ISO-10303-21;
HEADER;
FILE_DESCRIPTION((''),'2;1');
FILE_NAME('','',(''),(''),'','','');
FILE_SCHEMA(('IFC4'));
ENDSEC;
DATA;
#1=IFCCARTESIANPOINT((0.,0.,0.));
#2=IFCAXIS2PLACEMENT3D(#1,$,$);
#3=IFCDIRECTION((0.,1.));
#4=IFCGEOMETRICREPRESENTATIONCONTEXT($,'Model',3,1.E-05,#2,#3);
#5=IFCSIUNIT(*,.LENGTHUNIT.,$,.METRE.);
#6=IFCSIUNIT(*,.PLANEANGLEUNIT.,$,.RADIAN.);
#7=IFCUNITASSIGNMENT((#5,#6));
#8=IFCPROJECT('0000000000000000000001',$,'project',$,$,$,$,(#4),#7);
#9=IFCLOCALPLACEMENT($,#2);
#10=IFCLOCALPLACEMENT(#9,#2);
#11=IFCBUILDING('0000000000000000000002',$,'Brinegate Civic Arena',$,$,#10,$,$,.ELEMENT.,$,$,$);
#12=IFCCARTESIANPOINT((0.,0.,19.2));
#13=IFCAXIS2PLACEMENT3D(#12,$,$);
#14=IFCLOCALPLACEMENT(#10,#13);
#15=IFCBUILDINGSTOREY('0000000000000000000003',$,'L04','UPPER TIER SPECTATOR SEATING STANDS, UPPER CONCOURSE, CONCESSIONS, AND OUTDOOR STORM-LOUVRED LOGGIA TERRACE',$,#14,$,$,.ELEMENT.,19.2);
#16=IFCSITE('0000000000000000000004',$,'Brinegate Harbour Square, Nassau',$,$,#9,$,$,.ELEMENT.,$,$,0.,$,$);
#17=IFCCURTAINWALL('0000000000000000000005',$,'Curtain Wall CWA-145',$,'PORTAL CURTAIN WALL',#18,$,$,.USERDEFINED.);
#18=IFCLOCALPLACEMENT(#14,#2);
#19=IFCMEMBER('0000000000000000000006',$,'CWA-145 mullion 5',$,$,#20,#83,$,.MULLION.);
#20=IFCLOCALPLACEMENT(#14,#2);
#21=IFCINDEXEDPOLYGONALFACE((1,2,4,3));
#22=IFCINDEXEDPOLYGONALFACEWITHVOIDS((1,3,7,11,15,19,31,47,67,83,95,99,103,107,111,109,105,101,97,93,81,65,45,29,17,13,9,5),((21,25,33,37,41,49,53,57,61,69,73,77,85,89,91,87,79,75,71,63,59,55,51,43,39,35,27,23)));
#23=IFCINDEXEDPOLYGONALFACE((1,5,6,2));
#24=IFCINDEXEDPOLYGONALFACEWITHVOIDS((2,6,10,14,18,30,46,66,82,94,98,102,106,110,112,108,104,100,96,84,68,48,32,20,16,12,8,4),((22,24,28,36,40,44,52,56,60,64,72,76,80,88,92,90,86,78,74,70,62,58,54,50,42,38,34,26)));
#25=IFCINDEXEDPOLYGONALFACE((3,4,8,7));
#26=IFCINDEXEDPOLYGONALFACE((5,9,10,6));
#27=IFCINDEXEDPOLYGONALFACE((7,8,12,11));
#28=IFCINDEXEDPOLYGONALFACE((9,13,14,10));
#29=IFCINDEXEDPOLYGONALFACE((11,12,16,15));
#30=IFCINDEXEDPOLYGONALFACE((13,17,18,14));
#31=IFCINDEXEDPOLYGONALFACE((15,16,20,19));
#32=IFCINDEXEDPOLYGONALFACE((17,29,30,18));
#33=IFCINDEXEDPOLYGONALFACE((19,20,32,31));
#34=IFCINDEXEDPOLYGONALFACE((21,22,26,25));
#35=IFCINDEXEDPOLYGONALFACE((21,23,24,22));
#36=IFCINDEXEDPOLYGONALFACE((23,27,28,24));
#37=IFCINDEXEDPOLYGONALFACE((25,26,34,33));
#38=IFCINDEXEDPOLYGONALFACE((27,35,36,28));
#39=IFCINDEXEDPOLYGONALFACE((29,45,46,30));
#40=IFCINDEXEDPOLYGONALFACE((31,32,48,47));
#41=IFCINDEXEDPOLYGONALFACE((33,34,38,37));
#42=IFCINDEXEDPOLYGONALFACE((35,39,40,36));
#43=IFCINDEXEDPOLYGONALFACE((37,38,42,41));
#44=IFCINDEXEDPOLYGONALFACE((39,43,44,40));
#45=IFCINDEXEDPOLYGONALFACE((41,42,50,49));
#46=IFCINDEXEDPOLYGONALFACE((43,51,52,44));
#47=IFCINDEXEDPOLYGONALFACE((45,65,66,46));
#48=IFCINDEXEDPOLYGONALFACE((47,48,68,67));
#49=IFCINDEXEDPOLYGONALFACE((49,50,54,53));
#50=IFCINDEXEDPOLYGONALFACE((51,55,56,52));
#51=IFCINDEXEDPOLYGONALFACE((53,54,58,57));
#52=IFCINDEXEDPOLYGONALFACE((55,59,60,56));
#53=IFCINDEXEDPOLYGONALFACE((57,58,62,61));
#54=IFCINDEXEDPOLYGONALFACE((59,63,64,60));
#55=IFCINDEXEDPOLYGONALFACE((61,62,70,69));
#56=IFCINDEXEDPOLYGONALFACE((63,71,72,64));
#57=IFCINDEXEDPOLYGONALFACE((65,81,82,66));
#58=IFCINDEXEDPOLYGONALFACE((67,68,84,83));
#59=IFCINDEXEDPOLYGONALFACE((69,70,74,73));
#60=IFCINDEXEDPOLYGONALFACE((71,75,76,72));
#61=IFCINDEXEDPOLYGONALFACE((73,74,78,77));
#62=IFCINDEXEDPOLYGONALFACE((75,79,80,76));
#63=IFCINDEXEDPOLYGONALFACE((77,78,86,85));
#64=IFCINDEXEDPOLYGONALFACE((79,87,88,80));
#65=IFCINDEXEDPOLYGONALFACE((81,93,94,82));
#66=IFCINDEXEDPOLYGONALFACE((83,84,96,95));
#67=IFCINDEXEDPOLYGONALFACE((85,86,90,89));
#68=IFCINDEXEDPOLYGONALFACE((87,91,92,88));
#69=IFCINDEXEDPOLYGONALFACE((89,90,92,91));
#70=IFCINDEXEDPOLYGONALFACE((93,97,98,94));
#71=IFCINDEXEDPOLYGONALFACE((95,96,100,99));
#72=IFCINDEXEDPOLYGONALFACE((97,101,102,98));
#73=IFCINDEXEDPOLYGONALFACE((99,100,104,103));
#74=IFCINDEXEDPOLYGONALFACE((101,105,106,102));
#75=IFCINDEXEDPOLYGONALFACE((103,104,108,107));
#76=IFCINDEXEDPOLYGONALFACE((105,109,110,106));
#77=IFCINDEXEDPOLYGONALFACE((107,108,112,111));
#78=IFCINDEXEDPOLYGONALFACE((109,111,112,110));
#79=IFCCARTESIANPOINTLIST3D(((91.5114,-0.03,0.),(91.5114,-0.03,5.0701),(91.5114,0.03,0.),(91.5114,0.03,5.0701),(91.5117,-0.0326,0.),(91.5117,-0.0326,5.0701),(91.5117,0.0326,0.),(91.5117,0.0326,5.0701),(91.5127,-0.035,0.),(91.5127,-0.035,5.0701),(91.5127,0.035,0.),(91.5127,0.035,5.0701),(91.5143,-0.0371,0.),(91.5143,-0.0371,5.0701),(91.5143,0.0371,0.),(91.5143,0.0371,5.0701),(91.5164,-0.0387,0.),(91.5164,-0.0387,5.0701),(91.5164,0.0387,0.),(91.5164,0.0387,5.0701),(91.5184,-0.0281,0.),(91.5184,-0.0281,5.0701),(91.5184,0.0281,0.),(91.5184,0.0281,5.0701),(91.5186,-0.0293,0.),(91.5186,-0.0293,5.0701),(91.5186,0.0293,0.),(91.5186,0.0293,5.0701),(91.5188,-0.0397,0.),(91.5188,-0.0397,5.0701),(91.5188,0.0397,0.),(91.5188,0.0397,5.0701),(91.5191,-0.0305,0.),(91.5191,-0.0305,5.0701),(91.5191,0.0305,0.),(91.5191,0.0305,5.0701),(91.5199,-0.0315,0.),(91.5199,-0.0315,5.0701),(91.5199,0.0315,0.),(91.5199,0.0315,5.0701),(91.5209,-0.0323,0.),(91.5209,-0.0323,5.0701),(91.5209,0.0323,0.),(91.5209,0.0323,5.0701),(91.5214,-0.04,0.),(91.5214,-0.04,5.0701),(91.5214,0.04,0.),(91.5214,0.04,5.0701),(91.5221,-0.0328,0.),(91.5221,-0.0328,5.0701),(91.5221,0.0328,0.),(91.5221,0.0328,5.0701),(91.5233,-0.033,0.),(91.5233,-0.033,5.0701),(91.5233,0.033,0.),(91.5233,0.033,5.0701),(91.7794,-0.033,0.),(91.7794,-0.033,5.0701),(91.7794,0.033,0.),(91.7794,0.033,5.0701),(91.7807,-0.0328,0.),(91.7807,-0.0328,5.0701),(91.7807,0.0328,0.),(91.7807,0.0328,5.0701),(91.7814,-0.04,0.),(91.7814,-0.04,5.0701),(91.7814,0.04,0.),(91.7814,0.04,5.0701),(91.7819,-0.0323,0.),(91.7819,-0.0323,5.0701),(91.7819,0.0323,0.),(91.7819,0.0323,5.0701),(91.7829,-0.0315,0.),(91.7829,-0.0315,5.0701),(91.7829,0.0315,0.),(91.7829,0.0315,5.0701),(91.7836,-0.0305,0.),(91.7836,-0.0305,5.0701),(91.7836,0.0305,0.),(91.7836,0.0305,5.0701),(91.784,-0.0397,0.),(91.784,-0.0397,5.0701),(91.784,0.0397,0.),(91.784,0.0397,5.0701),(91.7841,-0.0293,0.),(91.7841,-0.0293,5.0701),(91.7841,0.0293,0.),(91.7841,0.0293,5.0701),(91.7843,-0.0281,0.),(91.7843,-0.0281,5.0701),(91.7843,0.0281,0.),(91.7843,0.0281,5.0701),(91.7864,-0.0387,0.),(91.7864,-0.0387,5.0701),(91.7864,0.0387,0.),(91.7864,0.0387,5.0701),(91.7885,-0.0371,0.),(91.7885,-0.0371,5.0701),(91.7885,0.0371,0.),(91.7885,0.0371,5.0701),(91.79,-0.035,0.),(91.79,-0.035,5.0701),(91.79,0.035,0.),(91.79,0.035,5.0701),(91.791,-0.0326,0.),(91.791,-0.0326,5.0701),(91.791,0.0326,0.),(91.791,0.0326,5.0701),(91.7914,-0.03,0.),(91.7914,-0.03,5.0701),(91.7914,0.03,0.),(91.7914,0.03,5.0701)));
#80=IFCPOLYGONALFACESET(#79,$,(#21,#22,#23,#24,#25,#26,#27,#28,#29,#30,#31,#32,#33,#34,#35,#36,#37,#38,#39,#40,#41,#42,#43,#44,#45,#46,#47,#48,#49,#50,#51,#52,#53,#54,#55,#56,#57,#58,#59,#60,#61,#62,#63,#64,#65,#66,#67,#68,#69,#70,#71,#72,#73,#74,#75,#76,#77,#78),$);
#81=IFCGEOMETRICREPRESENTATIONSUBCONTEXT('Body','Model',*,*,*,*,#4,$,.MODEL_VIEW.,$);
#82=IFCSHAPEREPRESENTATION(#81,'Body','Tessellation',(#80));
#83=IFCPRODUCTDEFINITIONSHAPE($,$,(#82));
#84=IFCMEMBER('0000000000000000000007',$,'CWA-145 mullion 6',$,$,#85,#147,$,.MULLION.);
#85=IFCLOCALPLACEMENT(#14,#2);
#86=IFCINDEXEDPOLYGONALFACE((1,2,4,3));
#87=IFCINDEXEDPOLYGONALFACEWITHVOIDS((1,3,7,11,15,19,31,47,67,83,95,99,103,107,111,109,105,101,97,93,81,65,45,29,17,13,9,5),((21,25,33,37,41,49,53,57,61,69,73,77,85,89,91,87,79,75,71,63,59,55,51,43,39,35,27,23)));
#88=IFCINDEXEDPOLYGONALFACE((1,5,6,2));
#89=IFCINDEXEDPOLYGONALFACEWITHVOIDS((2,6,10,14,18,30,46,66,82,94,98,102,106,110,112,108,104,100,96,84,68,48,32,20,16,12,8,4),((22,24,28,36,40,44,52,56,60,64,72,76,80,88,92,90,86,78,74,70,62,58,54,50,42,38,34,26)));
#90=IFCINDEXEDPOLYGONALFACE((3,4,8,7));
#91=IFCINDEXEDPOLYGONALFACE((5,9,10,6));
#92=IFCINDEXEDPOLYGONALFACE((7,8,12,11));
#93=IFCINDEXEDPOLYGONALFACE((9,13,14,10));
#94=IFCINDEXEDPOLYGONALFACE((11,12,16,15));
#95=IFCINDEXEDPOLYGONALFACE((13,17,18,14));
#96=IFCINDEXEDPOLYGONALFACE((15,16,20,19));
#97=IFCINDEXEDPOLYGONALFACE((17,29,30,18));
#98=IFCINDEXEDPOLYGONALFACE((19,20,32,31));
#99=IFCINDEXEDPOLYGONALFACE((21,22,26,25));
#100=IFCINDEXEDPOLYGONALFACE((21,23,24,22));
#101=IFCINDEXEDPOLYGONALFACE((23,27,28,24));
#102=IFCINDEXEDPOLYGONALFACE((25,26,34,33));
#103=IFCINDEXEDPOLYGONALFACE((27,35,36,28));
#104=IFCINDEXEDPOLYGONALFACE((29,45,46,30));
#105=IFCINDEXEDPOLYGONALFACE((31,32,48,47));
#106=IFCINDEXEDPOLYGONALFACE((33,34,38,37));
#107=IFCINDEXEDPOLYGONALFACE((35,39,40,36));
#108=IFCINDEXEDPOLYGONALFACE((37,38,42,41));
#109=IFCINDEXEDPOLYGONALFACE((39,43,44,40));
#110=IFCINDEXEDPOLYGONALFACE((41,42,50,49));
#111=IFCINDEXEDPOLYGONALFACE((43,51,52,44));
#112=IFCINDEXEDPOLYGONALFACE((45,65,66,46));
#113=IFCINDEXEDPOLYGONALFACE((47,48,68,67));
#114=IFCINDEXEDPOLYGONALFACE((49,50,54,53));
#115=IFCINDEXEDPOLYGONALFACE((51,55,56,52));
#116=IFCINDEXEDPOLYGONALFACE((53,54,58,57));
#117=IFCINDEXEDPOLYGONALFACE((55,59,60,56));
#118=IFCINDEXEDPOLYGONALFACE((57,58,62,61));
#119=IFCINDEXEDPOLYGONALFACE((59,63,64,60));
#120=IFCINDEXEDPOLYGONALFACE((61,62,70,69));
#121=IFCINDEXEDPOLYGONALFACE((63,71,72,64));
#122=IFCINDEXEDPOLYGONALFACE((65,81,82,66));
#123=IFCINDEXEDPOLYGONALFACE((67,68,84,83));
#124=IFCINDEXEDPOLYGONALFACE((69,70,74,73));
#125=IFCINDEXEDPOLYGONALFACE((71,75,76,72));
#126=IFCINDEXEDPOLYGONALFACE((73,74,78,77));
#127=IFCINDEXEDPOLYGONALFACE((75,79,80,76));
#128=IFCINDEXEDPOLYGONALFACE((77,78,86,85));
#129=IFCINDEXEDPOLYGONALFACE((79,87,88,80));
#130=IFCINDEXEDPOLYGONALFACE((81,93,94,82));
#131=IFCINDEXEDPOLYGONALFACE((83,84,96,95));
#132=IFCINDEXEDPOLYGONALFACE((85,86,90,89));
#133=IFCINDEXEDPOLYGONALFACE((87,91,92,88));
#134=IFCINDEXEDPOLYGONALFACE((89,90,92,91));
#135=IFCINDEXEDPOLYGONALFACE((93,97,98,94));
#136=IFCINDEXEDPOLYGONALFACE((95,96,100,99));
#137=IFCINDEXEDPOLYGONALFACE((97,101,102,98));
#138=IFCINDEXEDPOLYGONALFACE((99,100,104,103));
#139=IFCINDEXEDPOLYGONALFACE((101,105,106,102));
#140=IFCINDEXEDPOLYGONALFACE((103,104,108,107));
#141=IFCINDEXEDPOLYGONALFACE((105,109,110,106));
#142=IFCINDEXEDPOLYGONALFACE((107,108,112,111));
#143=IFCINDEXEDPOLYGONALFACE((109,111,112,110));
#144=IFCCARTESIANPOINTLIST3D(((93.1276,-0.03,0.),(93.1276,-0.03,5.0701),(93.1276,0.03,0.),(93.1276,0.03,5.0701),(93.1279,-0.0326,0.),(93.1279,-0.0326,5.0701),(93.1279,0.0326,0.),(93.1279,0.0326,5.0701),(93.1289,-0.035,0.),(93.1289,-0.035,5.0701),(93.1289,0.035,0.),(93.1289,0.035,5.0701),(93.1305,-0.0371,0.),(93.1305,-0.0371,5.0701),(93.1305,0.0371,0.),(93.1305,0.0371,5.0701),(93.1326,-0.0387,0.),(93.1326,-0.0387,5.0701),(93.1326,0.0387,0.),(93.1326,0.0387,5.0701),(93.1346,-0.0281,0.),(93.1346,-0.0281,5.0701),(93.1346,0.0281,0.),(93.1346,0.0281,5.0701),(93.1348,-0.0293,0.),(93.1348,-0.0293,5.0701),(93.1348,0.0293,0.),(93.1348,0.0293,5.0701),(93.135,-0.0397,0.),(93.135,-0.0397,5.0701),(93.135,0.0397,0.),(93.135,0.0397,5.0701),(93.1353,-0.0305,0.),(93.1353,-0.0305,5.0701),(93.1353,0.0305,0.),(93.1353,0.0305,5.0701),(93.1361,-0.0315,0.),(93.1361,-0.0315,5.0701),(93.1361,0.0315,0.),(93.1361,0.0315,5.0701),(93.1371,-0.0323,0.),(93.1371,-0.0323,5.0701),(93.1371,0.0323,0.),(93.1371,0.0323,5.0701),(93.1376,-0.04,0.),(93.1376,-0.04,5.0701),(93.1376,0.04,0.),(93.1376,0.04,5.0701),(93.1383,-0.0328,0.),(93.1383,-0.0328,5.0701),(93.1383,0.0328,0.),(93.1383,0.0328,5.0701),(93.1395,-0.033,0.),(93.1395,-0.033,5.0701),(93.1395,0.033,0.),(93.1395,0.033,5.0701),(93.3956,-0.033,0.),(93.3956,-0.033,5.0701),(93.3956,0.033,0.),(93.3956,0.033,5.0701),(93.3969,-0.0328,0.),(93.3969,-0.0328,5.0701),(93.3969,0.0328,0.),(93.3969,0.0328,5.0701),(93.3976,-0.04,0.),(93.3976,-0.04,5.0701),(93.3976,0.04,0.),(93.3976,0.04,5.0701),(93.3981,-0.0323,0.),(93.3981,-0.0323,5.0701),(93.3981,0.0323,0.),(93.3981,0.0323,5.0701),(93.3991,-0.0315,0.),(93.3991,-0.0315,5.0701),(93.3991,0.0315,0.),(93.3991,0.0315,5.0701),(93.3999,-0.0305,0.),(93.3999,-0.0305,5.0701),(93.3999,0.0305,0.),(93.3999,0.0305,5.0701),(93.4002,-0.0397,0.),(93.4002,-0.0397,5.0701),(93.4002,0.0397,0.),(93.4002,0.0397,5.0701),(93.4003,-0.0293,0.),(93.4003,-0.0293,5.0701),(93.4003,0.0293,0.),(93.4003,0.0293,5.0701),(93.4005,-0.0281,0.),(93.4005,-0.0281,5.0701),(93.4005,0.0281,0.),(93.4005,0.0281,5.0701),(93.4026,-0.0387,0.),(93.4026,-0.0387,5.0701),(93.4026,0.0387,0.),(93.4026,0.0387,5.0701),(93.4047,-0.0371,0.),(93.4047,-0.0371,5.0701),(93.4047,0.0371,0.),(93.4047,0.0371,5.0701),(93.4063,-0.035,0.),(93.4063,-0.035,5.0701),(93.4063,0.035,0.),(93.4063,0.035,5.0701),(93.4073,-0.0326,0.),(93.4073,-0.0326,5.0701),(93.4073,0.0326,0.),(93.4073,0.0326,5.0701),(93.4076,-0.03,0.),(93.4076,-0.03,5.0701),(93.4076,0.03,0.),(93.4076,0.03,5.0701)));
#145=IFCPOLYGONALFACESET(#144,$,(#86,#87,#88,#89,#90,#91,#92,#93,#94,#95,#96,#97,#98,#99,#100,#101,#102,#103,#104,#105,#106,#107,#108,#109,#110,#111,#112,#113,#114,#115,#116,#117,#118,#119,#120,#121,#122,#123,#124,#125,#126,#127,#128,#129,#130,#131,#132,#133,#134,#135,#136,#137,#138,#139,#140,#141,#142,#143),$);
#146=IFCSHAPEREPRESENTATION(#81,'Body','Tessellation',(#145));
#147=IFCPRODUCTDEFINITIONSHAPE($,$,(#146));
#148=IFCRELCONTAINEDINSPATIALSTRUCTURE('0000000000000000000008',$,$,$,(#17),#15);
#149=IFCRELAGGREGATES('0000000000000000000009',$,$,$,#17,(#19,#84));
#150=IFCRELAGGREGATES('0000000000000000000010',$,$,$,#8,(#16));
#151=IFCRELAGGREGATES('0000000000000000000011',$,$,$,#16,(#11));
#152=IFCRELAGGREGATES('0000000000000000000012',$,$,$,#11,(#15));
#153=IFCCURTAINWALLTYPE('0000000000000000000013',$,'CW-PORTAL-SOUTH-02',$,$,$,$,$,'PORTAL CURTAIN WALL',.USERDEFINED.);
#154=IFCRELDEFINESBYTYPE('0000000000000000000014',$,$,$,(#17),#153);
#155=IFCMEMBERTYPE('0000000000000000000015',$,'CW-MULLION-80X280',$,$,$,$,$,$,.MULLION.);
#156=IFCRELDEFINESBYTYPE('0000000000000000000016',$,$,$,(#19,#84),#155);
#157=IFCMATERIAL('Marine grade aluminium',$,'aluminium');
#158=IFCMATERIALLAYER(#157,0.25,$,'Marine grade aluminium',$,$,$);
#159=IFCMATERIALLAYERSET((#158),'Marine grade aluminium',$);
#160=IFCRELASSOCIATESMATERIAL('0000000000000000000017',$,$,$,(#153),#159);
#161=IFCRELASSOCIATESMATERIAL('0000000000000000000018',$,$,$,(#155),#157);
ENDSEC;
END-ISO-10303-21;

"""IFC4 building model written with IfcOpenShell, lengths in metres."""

from ifc_helpers import new_model, si_unit, direction, frame, origin, origin_2d, place, context, subcontext, project, spatial, hollow_rectangle, extrude, material, layer, layer_set, material_profile, profile_set, type_object, element, aggregate, save


model = new_model("IFC4")

# Units and contexts
model_context = context("Model", 3, precision=1e-05, world=origin(), true_north=direction((0.0, 1.0)))
body_context = subcontext(model_context, "Body", "Model", "MODEL_VIEW")
ifc_project = project(units=[si_unit("LENGTHUNIT", "METRE"), si_unit("PLANEANGLEUNIT", "RADIAN")], contexts=[model_context])

# Site, building, storey
site_placement = place(None, origin())
site = spatial("IfcSite", under=ifc_project, at=site_placement, Name="Brinegate Harbour Square, Nassau", CompositionType="ELEMENT", RefElevation=0.0)
building_placement = place(site_placement, origin())
building = spatial("IfcBuilding", under=site, at=building_placement, Name="Brinegate Civic Arena", CompositionType="ELEMENT")
storey_placement = place(building_placement, frame((0.0, 0.0, 19.2)))
storey = spatial("IfcBuildingStorey", under=building, at=storey_placement, Name="L04", Description="UPPER TIER SPECTATOR SEATING STANDS, UPPER CONCOURSE, CONCESSIONS, AND OUTDOOR STORM-LOUVRED LOGGIA TERRACE", CompositionType="ELEMENT", Elevation=19.2)

# Curtain wall, members
ifc_material_1 = material(Name="Marine grade aluminium", Category="aluminium")
ifc_layer_1 = layer(ifc_material_1, 0.25, Name="Marine grade aluminium")
ifc_layer_set_1 = layer_set([ifc_layer_1], Name="Marine grade aluminium")
curtain_wall_type = type_object("IfcCurtainWallType", Name="CW-PORTAL-SOUTH-02", ElementType="PORTAL CURTAIN WALL", PredefinedType="USERDEFINED", material=ifc_layer_set_1)
curtain_wall_1_placement = place(storey_placement, origin())
curtain_wall_1 = element("IfcCurtainWall", 1, at=curtain_wall_1_placement, inside=storey, type_object=curtain_wall_type, Name="Curtain Wall CWA-145", ObjectType="PORTAL CURTAIN WALL", PredefinedType="USERDEFINED")
ifc_material_profile_1 = material_profile(ifc_material_1, hollow_rectangle(XDim=0.0801, YDim=0.28, WallThickness=0.0071, InnerFilletRadius=0.0049, OuterFilletRadius=0.01, at=origin_2d()), Name="MUL80X280")
ifc_profile_set_1 = profile_set([ifc_material_profile_1], Name="Marine grade aluminium")
member_type_1 = type_object("IfcMemberType", Name="CW-MULLION-80X280", PredefinedType="MULLION", material=ifc_profile_set_1)
member_1_placement = place(storey_placement, frame((91.6514, 0.0, 0.0), z_axis=(0.0, 0.0, 1.0), x_axis=(0.0, 1.0, 0.0)))
member_1 = element("IfcMember", 2, at=member_1_placement, type_object=member_type_1, Name="CWA-145 mullion 5", PredefinedType="MULLION", context=body_context, shape_type="SweptSolid", body=[
    extrude(hollow_rectangle(XDim=0.0801, YDim=0.28, WallThickness=0.0071, InnerFilletRadius=0.0049, OuterFilletRadius=0.01, at=origin_2d()), origin(), (0.0, 0.0, 1.0), 5.0701),
])
member_2_placement = place(storey_placement, frame((93.2676, 0.0, 0.0), z_axis=(0.0, 0.0, 1.0), x_axis=(0.0, 1.0, 0.0)))
member_2 = element("IfcMember", 3, at=member_2_placement, type_object=member_type_1, Name="CWA-145 mullion 6", PredefinedType="MULLION", context=body_context, shape_type="SweptSolid", body=[
    extrude(hollow_rectangle(XDim=0.0801, YDim=0.28, WallThickness=0.0071, InnerFilletRadius=0.0049, OuterFilletRadius=0.01, at=origin_2d()), origin(), (0.0, 0.0, 1.0), 5.0701),
])

aggregate(curtain_wall_1, [member_1, member_2])

save(model, "model.ifc")
